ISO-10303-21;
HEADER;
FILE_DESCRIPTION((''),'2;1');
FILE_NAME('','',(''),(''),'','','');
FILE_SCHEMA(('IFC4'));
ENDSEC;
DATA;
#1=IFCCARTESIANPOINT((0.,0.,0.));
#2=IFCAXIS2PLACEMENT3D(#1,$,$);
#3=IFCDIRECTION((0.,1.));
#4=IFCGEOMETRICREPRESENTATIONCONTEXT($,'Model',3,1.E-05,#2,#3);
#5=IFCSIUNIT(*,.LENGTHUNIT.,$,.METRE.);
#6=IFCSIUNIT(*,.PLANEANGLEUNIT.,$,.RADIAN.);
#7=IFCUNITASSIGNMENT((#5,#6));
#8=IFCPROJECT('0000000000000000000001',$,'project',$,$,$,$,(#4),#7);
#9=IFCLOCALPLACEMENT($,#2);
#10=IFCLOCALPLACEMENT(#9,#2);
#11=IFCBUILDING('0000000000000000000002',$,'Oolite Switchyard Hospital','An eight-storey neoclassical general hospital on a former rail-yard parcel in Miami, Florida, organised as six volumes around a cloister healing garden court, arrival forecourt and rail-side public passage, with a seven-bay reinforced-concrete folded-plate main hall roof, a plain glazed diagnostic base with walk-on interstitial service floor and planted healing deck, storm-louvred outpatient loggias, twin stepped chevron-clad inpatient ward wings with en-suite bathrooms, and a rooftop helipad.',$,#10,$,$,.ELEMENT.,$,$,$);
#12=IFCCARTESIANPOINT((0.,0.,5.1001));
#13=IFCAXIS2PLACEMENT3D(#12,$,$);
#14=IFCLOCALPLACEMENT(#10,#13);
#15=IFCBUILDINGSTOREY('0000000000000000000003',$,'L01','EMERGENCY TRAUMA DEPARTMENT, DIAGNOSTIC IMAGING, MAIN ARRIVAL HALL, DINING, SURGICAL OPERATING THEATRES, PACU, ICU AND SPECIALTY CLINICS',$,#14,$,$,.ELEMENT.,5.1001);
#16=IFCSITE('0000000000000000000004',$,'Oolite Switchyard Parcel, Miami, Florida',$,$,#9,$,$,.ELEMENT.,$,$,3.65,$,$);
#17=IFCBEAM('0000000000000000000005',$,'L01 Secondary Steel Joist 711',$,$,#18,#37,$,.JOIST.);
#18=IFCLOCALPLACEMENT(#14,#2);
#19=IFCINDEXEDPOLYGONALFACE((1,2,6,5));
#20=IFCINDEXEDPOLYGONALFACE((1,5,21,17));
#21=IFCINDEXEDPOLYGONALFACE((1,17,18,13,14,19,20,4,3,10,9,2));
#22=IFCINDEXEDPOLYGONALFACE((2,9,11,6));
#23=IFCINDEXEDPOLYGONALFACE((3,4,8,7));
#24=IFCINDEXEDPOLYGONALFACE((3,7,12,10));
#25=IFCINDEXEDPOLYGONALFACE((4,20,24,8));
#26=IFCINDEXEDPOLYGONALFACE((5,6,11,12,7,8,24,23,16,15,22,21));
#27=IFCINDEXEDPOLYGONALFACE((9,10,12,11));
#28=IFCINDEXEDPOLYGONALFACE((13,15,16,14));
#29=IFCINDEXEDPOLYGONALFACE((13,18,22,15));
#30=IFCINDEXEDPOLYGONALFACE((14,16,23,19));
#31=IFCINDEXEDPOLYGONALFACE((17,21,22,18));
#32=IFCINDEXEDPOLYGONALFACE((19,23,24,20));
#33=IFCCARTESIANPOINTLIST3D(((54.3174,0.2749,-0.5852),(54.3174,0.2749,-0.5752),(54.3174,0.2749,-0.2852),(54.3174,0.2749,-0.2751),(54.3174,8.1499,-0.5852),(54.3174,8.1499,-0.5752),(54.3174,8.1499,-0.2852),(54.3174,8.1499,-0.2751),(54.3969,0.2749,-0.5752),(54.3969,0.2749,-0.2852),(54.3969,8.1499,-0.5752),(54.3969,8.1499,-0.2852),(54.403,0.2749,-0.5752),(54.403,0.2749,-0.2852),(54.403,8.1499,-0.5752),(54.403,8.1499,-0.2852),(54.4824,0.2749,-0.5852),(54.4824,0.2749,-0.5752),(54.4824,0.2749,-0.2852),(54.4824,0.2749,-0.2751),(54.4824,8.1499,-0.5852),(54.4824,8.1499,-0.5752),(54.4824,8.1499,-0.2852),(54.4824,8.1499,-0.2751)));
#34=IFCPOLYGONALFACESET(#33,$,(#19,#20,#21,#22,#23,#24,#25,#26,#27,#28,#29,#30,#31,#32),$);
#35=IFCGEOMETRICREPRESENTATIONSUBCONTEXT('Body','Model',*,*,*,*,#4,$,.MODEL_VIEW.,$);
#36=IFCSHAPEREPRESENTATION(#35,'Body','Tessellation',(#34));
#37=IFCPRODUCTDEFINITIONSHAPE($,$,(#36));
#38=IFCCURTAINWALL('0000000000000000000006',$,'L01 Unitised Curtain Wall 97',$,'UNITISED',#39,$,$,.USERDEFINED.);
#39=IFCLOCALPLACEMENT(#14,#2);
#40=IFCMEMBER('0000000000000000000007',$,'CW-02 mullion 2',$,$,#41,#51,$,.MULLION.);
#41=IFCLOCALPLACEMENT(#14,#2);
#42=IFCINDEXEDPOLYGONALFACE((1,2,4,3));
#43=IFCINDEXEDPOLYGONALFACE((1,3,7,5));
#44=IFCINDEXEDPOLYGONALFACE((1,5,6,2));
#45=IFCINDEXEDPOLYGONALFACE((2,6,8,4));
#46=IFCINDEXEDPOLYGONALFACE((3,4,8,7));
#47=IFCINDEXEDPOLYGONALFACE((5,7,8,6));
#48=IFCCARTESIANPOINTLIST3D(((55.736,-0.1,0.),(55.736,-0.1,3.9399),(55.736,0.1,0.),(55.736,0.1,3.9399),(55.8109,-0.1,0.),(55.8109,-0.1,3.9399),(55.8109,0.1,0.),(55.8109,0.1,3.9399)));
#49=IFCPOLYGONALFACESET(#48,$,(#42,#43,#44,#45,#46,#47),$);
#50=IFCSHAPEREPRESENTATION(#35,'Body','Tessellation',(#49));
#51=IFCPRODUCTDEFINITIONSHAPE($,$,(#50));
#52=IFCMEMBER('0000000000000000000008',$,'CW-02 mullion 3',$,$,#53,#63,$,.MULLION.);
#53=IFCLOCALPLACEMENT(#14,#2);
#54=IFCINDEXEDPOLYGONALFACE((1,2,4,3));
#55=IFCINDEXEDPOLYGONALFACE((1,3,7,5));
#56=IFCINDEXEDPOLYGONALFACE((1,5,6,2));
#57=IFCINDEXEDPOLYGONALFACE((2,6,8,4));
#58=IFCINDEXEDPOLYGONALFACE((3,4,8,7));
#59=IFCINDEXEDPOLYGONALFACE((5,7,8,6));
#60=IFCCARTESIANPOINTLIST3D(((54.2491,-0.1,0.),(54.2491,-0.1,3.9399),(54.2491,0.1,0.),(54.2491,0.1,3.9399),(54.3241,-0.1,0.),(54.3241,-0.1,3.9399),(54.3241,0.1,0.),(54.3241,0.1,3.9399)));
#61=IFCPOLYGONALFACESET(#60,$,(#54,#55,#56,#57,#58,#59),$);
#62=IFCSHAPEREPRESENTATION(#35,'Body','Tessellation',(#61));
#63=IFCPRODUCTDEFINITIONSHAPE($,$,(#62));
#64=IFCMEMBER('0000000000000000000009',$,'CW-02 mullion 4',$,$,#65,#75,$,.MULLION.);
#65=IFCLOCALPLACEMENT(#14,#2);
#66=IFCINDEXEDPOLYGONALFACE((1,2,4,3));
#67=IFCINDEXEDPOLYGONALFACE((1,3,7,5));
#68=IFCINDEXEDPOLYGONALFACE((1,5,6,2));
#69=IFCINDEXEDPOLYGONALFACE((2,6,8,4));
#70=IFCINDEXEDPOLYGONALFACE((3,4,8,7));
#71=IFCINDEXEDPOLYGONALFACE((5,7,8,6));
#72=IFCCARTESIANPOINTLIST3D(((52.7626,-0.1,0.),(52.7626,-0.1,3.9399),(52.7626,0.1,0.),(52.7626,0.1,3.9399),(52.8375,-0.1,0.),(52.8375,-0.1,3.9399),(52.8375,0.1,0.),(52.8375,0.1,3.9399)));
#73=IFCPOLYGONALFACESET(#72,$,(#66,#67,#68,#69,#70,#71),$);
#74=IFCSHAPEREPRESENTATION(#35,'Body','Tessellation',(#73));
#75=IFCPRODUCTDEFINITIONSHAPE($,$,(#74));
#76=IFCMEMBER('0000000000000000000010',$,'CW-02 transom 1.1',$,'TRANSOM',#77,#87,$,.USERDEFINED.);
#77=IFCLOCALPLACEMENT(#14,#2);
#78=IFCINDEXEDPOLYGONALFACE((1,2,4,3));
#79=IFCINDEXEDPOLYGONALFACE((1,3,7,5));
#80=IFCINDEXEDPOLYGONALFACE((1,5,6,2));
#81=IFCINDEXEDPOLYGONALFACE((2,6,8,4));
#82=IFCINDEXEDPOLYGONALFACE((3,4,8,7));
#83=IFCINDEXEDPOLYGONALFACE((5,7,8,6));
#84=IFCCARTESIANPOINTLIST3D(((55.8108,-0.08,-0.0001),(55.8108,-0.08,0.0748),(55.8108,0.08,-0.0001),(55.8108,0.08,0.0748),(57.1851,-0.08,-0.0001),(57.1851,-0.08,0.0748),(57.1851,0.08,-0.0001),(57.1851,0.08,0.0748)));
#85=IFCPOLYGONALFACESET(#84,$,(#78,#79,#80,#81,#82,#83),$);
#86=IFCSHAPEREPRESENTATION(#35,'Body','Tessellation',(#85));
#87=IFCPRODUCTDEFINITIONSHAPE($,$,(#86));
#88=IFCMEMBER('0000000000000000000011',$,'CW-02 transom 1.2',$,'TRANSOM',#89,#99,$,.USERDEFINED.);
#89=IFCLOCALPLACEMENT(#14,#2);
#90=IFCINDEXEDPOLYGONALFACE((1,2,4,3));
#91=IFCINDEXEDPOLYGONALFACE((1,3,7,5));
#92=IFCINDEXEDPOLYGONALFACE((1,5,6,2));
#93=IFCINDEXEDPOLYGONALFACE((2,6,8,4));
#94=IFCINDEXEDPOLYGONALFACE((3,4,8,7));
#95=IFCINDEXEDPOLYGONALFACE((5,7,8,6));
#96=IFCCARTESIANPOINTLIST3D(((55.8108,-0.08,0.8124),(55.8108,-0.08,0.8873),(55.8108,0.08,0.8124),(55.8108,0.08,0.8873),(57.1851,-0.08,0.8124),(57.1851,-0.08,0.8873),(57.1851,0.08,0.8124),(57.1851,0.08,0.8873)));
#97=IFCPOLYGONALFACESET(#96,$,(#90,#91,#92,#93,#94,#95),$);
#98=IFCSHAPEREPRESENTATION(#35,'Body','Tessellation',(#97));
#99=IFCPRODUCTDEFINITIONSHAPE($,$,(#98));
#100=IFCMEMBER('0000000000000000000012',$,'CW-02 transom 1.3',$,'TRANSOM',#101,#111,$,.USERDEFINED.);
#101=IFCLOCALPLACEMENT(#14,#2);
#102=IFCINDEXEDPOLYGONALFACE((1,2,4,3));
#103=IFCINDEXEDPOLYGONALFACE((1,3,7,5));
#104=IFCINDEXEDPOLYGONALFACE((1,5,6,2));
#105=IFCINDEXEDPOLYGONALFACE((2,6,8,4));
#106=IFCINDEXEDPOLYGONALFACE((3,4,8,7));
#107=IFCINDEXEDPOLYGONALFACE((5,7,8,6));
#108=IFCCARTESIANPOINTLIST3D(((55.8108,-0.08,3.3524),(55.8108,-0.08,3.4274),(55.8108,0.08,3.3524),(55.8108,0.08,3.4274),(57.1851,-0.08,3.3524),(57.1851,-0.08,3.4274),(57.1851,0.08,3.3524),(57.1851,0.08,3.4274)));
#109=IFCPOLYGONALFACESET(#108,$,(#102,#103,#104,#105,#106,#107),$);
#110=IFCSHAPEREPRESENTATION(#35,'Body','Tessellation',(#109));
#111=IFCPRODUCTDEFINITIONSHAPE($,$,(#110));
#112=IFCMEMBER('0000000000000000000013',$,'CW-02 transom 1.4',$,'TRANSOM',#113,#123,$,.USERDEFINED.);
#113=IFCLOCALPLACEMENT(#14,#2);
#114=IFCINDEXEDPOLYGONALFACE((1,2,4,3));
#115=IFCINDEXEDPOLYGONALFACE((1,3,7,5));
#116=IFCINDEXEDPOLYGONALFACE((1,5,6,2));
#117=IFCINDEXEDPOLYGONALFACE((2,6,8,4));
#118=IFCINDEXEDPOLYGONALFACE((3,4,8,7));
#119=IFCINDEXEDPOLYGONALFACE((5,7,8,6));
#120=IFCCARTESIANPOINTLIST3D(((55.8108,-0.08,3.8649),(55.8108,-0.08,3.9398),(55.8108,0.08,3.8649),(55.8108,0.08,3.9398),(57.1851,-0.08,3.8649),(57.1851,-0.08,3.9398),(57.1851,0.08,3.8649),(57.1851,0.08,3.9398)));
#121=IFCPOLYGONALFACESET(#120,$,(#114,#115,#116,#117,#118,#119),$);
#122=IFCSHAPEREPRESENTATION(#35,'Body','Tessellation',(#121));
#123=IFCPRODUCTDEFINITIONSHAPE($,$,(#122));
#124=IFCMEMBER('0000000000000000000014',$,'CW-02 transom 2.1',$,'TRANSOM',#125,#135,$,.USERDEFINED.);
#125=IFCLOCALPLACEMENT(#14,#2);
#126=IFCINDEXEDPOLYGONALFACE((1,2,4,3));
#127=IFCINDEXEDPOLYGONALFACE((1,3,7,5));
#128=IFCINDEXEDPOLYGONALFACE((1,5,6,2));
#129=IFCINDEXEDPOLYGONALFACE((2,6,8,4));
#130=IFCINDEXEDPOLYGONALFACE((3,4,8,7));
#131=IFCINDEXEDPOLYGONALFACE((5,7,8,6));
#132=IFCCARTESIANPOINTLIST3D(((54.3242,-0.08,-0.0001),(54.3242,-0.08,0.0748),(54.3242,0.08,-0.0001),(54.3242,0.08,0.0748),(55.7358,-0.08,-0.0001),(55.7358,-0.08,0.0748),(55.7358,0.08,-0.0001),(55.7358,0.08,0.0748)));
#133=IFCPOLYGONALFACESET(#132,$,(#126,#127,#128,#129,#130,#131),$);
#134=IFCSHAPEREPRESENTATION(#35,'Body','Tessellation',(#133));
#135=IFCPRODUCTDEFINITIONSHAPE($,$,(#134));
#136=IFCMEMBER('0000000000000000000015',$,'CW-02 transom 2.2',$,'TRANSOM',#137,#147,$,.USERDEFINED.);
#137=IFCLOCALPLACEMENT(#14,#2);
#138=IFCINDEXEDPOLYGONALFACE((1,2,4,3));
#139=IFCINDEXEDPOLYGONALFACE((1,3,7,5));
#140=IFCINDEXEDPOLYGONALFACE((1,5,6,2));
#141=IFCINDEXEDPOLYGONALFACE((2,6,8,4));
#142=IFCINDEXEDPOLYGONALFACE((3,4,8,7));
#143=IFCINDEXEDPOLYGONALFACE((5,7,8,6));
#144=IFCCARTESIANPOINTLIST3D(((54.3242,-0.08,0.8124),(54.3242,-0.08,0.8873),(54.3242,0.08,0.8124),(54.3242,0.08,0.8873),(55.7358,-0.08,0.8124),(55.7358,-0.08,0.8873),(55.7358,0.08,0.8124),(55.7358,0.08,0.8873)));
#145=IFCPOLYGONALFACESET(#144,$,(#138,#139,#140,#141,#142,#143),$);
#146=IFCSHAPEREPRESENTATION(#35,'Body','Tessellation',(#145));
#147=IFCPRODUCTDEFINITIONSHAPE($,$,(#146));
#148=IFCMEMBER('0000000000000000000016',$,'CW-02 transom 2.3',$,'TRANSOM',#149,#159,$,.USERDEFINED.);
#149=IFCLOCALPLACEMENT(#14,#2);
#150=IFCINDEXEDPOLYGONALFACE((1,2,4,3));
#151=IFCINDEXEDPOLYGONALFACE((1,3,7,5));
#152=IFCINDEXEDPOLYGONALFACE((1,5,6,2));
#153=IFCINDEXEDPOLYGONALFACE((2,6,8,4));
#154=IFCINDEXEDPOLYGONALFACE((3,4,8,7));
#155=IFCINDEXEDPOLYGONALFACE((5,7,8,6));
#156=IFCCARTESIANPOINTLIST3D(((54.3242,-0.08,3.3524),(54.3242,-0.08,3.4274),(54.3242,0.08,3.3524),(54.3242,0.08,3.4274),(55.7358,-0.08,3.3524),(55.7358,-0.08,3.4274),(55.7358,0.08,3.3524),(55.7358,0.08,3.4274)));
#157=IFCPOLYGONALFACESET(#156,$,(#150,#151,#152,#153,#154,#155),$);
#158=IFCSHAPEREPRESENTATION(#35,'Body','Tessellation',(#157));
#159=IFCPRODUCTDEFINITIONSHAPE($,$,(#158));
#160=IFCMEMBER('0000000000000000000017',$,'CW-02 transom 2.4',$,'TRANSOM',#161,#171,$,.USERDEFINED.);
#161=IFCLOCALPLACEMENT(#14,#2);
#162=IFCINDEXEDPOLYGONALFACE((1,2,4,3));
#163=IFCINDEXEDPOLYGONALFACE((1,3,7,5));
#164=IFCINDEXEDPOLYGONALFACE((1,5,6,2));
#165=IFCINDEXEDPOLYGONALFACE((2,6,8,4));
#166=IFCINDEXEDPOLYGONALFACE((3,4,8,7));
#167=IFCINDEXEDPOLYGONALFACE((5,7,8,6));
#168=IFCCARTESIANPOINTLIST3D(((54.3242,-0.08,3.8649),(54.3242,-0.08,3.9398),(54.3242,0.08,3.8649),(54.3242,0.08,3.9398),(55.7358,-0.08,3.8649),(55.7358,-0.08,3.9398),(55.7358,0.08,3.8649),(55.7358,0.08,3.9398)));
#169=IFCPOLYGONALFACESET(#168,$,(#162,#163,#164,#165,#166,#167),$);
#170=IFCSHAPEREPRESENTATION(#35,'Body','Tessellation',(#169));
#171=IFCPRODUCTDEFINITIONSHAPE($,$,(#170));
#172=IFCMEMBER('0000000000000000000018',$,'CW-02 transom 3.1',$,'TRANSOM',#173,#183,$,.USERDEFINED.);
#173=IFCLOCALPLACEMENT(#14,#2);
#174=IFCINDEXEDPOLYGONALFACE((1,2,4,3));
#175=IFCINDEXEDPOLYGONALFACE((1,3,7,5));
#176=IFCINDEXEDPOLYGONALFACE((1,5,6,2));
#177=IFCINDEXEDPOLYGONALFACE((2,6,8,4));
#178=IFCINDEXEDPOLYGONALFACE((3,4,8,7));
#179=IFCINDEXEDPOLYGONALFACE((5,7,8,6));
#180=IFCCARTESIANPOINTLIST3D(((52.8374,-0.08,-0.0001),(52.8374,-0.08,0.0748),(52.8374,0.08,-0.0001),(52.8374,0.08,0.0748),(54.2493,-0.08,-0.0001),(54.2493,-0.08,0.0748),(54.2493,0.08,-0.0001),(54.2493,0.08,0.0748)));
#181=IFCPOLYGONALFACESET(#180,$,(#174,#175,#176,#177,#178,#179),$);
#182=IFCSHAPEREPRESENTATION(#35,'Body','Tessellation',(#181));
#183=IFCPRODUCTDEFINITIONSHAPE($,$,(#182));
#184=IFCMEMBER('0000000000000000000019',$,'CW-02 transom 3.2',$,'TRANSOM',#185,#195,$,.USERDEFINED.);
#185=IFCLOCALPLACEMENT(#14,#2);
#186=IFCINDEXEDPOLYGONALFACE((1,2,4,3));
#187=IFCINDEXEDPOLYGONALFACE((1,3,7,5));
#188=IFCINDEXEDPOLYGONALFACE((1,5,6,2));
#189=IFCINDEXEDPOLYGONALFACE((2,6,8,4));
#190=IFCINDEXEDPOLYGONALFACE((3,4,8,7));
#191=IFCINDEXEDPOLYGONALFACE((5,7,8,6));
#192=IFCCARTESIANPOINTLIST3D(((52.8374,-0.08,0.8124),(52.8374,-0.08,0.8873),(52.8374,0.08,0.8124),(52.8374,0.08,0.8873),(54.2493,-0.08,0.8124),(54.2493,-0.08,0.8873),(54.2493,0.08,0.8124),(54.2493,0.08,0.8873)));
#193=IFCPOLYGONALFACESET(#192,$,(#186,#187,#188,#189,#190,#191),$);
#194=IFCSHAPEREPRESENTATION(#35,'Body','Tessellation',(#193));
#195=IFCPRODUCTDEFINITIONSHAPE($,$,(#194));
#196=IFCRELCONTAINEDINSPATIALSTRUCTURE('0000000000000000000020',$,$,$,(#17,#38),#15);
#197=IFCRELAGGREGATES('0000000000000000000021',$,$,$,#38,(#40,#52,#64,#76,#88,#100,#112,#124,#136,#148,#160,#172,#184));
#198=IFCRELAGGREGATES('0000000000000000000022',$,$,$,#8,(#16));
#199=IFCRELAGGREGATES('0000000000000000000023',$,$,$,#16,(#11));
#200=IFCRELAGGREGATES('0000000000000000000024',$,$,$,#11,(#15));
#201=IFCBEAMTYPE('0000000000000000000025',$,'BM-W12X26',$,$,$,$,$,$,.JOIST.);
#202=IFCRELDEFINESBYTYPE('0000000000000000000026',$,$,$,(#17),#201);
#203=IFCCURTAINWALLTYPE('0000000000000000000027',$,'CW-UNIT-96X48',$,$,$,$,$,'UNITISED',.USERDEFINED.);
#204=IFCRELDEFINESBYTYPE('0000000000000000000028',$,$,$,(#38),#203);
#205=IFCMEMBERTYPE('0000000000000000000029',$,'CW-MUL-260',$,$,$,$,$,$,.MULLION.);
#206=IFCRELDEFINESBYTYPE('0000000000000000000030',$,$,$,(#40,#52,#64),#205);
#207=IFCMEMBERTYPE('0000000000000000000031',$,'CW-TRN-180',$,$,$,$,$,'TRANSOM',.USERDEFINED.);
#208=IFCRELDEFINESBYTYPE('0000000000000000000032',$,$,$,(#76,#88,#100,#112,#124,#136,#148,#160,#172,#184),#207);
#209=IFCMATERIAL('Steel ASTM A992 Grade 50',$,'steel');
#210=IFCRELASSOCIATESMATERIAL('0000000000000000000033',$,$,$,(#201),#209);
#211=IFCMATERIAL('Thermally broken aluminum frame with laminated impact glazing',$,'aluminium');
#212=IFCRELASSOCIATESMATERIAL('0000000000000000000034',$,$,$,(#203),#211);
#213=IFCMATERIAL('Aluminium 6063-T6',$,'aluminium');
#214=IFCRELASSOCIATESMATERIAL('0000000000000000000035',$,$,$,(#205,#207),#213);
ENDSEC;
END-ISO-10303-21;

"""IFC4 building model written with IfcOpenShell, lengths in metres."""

from ifc_helpers import new_model, si_unit, direction, frame, origin, origin_2d, place, context, subcontext, project, spatial, rectangle, i_section, extrude, material, material_profile, profile_set, type_object, element, aggregate, save


model = new_model("IFC4")

# Units and contexts
model_context = context("Model", 3, precision=1e-05, world=origin(), true_north=direction((0.0, 1.0)))
body_context = subcontext(model_context, "Body", "Model", "MODEL_VIEW")
ifc_project = project(units=[si_unit("LENGTHUNIT", "METRE"), si_unit("PLANEANGLEUNIT", "RADIAN")], contexts=[model_context])

# Site, building, storey
site_placement = place(None, origin())
site = spatial("IfcSite", under=ifc_project, at=site_placement, Name="Oolite Switchyard Parcel, Miami, Florida", CompositionType="ELEMENT", RefElevation=3.65)
building_placement = place(site_placement, origin())
building = spatial("IfcBuilding", under=site, at=building_placement, Name="Oolite Switchyard Hospital", Description="An eight-storey neoclassical general hospital on a former rail-yard parcel in Miami, Florida, organised as six volumes around a cloister healing garden court, arrival forecourt and rail-side public passage, with a seven-bay reinforced-concrete folded-plate main hall roof, a plain glazed diagnostic base with walk-on interstitial service floor and planted healing deck, storm-louvred outpatient loggias, twin stepped chevron-clad inpatient ward wings with en-suite bathrooms, and a rooftop helipad.", CompositionType="ELEMENT")
storey_placement = place(building_placement, frame((0.0, 0.0, 5.1001)))
storey = spatial("IfcBuildingStorey", under=building, at=storey_placement, Name="L01", Description="EMERGENCY TRAUMA DEPARTMENT, DIAGNOSTIC IMAGING, MAIN ARRIVAL HALL, DINING, SURGICAL OPERATING THEATRES, PACU, ICU AND SPECIALTY CLINICS", CompositionType="ELEMENT", Elevation=5.1001)

# Beam
ifc_material_1 = material(Name="Steel ASTM A992 Grade 50", Category="steel")
ifc_material_profile_1 = material_profile(ifc_material_1, i_section(OverallWidth=0.165, OverallDepth=0.3101, WebThickness=0.0061, FlangeThickness=0.01, at=origin_2d()), Name="W12X26")
ifc_profile_set_1 = profile_set([ifc_material_profile_1], Name="Steel ASTM A992 Grade 50")
beam_type = type_object("IfcBeamType", Name="BM-W12X26", PredefinedType="JOIST", material=ifc_profile_set_1)
beam_placement = place(storey_placement, frame((54.3999, 0.2749, -0.4302), z_axis=(0.0, 1.0, 0.0), x_axis=(-1.0, 0.0, 0.0)))
element("IfcBeam", 1, at=beam_placement, inside=storey, type_object=beam_type, Name="L01 Secondary Steel Joist 711", PredefinedType="JOIST", context=body_context, shape_type="SweptSolid", body=[
    extrude(i_section(OverallWidth=0.165, OverallDepth=0.3101, WebThickness=0.0061, FlangeThickness=0.01, at=origin_2d()), origin(), (0.0, 0.0, 1.0), 7.875),
])

# Curtain wall, members
ifc_material_2 = material(Name="Thermally broken aluminum frame with laminated impact glazing", Category="aluminium")
curtain_wall_type = type_object("IfcCurtainWallType", Name="CW-UNIT-96X48", ElementType="UNITISED", PredefinedType="USERDEFINED", material=ifc_material_2)
curtain_wall_placement = place(storey_placement, origin())
curtain_wall = element("IfcCurtainWall", 2, at=curtain_wall_placement, inside=storey, type_object=curtain_wall_type, Name="L01 Unitised Curtain Wall 97", ObjectType="UNITISED", PredefinedType="USERDEFINED")
ifc_material_3 = material(Name="Aluminium 6063-T6", Category="aluminium")
ifc_material_profile_2 = material_profile(ifc_material_3, rectangle(XDim=0.2, YDim=0.075, at=origin_2d()), Name="CWM75X200")
ifc_profile_set_2 = profile_set([ifc_material_profile_2], Name="Aluminium 6063-T6")
member_type_1 = type_object("IfcMemberType", Name="CW-MUL-260", PredefinedType="MULLION", material=ifc_profile_set_2)
member_1_placement = place(storey_placement, frame((55.7734, 0.0, 0.0), z_axis=(0.0, 0.0, 1.0), x_axis=(0.0, -1.0, 0.0)))
member_1 = element("IfcMember", 3, at=member_1_placement, type_object=member_type_1, Name="CW-02 mullion 2", PredefinedType="MULLION", context=body_context, shape_type="SweptSolid", body=[
    extrude(rectangle(XDim=0.2, YDim=0.075, at=origin_2d()), origin(), (0.0, 0.0, 1.0), 3.9399),
])
member_2_placement = place(storey_placement, frame((54.2866, 0.0, 0.0), z_axis=(0.0, 0.0, 1.0), x_axis=(0.0, -1.0, 0.0)))
member_2 = element("IfcMember", 4, at=member_2_placement, type_object=member_type_1, Name="CW-02 mullion 3", PredefinedType="MULLION", context=body_context, shape_type="SweptSolid", body=[
    extrude(rectangle(XDim=0.2, YDim=0.075, at=origin_2d()), origin(), (0.0, 0.0, 1.0), 3.9399),
])
member_3_placement = place(storey_placement, frame((52.8, 0.0, 0.0), z_axis=(0.0, 0.0, 1.0), x_axis=(0.0, -1.0, 0.0)))
member_3 = element("IfcMember", 5, at=member_3_placement, type_object=member_type_1, Name="CW-02 mullion 4", PredefinedType="MULLION", context=body_context, shape_type="SweptSolid", body=[
    extrude(rectangle(XDim=0.2, YDim=0.075, at=origin_2d()), origin(), (0.0, 0.0, 1.0), 3.9399),
])
ifc_material_profile_3 = material_profile(ifc_material_3, rectangle(XDim=0.1599, YDim=0.075, at=origin_2d()), Name="CWT75X160")
ifc_profile_set_3 = profile_set([ifc_material_profile_3], Name="Aluminium 6063-T6")
member_type_2 = type_object("IfcMemberType", Name="CW-TRN-180", ElementType="TRANSOM", PredefinedType="USERDEFINED", material=ifc_profile_set_3)
member_4_placement = place(storey_placement, frame((57.1851, 0.0, 0.0374), z_axis=(-1.0, 0.0, 0.0), x_axis=(0.0, -1.0, 0.0)))
member_4 = element("IfcMember", 6, at=member_4_placement, type_object=member_type_2, Name="CW-02 transom 1.1", ObjectType="TRANSOM", PredefinedType="USERDEFINED", context=body_context, shape_type="SweptSolid", body=[
    extrude(rectangle(XDim=0.1599, YDim=0.075, at=origin_2d()), origin(), (0.0, 0.0, 1.0), 1.3743),
])
member_5_placement = place(storey_placement, frame((57.1851, 0.0, 0.8499), z_axis=(-1.0, 0.0, 0.0), x_axis=(0.0, -1.0, 0.0)))
member_5 = element("IfcMember", 7, at=member_5_placement, type_object=member_type_2, Name="CW-02 transom 1.2", ObjectType="TRANSOM", PredefinedType="USERDEFINED", context=body_context, shape_type="SweptSolid", body=[
    extrude(rectangle(XDim=0.1599, YDim=0.075, at=origin_2d()), origin(), (0.0, 0.0, 1.0), 1.3743),
])
member_6_placement = place(storey_placement, frame((57.1851, 0.0, 3.3899), z_axis=(-1.0, 0.0, 0.0), x_axis=(0.0, -1.0, 0.0)))
member_6 = element("IfcMember", 8, at=member_6_placement, type_object=member_type_2, Name="CW-02 transom 1.3", ObjectType="TRANSOM", PredefinedType="USERDEFINED", context=body_context, shape_type="SweptSolid", body=[
    extrude(rectangle(XDim=0.1599, YDim=0.075, at=origin_2d()), origin(), (0.0, 0.0, 1.0), 1.3743),
])
member_7_placement = place(storey_placement, frame((57.1851, 0.0, 3.9023), z_axis=(-1.0, 0.0, 0.0), x_axis=(0.0, -1.0, 0.0)))
member_7 = element("IfcMember", 9, at=member_7_placement, type_object=member_type_2, Name="CW-02 transom 1.4", ObjectType="TRANSOM", PredefinedType="USERDEFINED", context=body_context, shape_type="SweptSolid", body=[
    extrude(rectangle(XDim=0.1599, YDim=0.075, at=origin_2d()), origin(), (0.0, 0.0, 1.0), 1.3743),
])
member_8_placement = place(storey_placement, frame((55.7358, 0.0, 0.0374), z_axis=(-1.0, 0.0, 0.0), x_axis=(0.0, -1.0, 0.0)))
member_8 = element("IfcMember", 10, at=member_8_placement, type_object=member_type_2, Name="CW-02 transom 2.1", ObjectType="TRANSOM", PredefinedType="USERDEFINED", context=body_context, shape_type="SweptSolid", body=[
    extrude(rectangle(XDim=0.1599, YDim=0.075, at=origin_2d()), origin(), (0.0, 0.0, 1.0), 1.4116),
])
member_9_placement = place(storey_placement, frame((55.7358, 0.0, 0.8499), z_axis=(-1.0, 0.0, 0.0), x_axis=(0.0, -1.0, 0.0)))
member_9 = element("IfcMember", 11, at=member_9_placement, type_object=member_type_2, Name="CW-02 transom 2.2", ObjectType="TRANSOM", PredefinedType="USERDEFINED", context=body_context, shape_type="SweptSolid", body=[
    extrude(rectangle(XDim=0.1599, YDim=0.075, at=origin_2d()), origin(), (0.0, 0.0, 1.0), 1.4116),
])
member_10_placement = place(storey_placement, frame((55.7358, 0.0, 3.3899), z_axis=(-1.0, 0.0, 0.0), x_axis=(0.0, -1.0, 0.0)))
member_10 = element("IfcMember", 12, at=member_10_placement, type_object=member_type_2, Name="CW-02 transom 2.3", ObjectType="TRANSOM", PredefinedType="USERDEFINED", context=body_context, shape_type="SweptSolid", body=[
    extrude(rectangle(XDim=0.1599, YDim=0.075, at=origin_2d()), origin(), (0.0, 0.0, 1.0), 1.4116),
])
member_11_placement = place(storey_placement, frame((55.7358, 0.0, 3.9023), z_axis=(-1.0, 0.0, 0.0), x_axis=(0.0, -1.0, 0.0)))
member_11 = element("IfcMember", 13, at=member_11_placement, type_object=member_type_2, Name="CW-02 transom 2.4", ObjectType="TRANSOM", PredefinedType="USERDEFINED", context=body_context, shape_type="SweptSolid", body=[
    extrude(rectangle(XDim=0.1599, YDim=0.075, at=origin_2d()), origin(), (0.0, 0.0, 1.0), 1.4116),
])
member_12_placement = place(storey_placement, frame((54.2493, 0.0, 0.0374), z_axis=(-1.0, 0.0, 0.0), x_axis=(0.0, -1.0, 0.0)))
member_12 = element("IfcMember", 14, at=member_12_placement, type_object=member_type_2, Name="CW-02 transom 3.1", ObjectType="TRANSOM", PredefinedType="USERDEFINED", context=body_context, shape_type="SweptSolid", body=[
    extrude(rectangle(XDim=0.1599, YDim=0.075, at=origin_2d()), origin(), (0.0, 0.0, 1.0), 1.4119),
])
member_13_placement = place(storey_placement, frame((54.2493, 0.0, 0.8499), z_axis=(-1.0, 0.0, 0.0), x_axis=(0.0, -1.0, 0.0)))
member_13 = element("IfcMember", 15, at=member_13_placement, type_object=member_type_2, Name="CW-02 transom 3.2", ObjectType="TRANSOM", PredefinedType="USERDEFINED", context=body_context, shape_type="SweptSolid", body=[
    extrude(rectangle(XDim=0.1599, YDim=0.075, at=origin_2d()), origin(), (0.0, 0.0, 1.0), 1.4119),
])
aggregate(curtain_wall, [member_1, member_2, member_3, member_4, member_5, member_6, member_7, member_8, member_9, member_10, member_11, member_12, member_13])

save(model, "model.ifc")
